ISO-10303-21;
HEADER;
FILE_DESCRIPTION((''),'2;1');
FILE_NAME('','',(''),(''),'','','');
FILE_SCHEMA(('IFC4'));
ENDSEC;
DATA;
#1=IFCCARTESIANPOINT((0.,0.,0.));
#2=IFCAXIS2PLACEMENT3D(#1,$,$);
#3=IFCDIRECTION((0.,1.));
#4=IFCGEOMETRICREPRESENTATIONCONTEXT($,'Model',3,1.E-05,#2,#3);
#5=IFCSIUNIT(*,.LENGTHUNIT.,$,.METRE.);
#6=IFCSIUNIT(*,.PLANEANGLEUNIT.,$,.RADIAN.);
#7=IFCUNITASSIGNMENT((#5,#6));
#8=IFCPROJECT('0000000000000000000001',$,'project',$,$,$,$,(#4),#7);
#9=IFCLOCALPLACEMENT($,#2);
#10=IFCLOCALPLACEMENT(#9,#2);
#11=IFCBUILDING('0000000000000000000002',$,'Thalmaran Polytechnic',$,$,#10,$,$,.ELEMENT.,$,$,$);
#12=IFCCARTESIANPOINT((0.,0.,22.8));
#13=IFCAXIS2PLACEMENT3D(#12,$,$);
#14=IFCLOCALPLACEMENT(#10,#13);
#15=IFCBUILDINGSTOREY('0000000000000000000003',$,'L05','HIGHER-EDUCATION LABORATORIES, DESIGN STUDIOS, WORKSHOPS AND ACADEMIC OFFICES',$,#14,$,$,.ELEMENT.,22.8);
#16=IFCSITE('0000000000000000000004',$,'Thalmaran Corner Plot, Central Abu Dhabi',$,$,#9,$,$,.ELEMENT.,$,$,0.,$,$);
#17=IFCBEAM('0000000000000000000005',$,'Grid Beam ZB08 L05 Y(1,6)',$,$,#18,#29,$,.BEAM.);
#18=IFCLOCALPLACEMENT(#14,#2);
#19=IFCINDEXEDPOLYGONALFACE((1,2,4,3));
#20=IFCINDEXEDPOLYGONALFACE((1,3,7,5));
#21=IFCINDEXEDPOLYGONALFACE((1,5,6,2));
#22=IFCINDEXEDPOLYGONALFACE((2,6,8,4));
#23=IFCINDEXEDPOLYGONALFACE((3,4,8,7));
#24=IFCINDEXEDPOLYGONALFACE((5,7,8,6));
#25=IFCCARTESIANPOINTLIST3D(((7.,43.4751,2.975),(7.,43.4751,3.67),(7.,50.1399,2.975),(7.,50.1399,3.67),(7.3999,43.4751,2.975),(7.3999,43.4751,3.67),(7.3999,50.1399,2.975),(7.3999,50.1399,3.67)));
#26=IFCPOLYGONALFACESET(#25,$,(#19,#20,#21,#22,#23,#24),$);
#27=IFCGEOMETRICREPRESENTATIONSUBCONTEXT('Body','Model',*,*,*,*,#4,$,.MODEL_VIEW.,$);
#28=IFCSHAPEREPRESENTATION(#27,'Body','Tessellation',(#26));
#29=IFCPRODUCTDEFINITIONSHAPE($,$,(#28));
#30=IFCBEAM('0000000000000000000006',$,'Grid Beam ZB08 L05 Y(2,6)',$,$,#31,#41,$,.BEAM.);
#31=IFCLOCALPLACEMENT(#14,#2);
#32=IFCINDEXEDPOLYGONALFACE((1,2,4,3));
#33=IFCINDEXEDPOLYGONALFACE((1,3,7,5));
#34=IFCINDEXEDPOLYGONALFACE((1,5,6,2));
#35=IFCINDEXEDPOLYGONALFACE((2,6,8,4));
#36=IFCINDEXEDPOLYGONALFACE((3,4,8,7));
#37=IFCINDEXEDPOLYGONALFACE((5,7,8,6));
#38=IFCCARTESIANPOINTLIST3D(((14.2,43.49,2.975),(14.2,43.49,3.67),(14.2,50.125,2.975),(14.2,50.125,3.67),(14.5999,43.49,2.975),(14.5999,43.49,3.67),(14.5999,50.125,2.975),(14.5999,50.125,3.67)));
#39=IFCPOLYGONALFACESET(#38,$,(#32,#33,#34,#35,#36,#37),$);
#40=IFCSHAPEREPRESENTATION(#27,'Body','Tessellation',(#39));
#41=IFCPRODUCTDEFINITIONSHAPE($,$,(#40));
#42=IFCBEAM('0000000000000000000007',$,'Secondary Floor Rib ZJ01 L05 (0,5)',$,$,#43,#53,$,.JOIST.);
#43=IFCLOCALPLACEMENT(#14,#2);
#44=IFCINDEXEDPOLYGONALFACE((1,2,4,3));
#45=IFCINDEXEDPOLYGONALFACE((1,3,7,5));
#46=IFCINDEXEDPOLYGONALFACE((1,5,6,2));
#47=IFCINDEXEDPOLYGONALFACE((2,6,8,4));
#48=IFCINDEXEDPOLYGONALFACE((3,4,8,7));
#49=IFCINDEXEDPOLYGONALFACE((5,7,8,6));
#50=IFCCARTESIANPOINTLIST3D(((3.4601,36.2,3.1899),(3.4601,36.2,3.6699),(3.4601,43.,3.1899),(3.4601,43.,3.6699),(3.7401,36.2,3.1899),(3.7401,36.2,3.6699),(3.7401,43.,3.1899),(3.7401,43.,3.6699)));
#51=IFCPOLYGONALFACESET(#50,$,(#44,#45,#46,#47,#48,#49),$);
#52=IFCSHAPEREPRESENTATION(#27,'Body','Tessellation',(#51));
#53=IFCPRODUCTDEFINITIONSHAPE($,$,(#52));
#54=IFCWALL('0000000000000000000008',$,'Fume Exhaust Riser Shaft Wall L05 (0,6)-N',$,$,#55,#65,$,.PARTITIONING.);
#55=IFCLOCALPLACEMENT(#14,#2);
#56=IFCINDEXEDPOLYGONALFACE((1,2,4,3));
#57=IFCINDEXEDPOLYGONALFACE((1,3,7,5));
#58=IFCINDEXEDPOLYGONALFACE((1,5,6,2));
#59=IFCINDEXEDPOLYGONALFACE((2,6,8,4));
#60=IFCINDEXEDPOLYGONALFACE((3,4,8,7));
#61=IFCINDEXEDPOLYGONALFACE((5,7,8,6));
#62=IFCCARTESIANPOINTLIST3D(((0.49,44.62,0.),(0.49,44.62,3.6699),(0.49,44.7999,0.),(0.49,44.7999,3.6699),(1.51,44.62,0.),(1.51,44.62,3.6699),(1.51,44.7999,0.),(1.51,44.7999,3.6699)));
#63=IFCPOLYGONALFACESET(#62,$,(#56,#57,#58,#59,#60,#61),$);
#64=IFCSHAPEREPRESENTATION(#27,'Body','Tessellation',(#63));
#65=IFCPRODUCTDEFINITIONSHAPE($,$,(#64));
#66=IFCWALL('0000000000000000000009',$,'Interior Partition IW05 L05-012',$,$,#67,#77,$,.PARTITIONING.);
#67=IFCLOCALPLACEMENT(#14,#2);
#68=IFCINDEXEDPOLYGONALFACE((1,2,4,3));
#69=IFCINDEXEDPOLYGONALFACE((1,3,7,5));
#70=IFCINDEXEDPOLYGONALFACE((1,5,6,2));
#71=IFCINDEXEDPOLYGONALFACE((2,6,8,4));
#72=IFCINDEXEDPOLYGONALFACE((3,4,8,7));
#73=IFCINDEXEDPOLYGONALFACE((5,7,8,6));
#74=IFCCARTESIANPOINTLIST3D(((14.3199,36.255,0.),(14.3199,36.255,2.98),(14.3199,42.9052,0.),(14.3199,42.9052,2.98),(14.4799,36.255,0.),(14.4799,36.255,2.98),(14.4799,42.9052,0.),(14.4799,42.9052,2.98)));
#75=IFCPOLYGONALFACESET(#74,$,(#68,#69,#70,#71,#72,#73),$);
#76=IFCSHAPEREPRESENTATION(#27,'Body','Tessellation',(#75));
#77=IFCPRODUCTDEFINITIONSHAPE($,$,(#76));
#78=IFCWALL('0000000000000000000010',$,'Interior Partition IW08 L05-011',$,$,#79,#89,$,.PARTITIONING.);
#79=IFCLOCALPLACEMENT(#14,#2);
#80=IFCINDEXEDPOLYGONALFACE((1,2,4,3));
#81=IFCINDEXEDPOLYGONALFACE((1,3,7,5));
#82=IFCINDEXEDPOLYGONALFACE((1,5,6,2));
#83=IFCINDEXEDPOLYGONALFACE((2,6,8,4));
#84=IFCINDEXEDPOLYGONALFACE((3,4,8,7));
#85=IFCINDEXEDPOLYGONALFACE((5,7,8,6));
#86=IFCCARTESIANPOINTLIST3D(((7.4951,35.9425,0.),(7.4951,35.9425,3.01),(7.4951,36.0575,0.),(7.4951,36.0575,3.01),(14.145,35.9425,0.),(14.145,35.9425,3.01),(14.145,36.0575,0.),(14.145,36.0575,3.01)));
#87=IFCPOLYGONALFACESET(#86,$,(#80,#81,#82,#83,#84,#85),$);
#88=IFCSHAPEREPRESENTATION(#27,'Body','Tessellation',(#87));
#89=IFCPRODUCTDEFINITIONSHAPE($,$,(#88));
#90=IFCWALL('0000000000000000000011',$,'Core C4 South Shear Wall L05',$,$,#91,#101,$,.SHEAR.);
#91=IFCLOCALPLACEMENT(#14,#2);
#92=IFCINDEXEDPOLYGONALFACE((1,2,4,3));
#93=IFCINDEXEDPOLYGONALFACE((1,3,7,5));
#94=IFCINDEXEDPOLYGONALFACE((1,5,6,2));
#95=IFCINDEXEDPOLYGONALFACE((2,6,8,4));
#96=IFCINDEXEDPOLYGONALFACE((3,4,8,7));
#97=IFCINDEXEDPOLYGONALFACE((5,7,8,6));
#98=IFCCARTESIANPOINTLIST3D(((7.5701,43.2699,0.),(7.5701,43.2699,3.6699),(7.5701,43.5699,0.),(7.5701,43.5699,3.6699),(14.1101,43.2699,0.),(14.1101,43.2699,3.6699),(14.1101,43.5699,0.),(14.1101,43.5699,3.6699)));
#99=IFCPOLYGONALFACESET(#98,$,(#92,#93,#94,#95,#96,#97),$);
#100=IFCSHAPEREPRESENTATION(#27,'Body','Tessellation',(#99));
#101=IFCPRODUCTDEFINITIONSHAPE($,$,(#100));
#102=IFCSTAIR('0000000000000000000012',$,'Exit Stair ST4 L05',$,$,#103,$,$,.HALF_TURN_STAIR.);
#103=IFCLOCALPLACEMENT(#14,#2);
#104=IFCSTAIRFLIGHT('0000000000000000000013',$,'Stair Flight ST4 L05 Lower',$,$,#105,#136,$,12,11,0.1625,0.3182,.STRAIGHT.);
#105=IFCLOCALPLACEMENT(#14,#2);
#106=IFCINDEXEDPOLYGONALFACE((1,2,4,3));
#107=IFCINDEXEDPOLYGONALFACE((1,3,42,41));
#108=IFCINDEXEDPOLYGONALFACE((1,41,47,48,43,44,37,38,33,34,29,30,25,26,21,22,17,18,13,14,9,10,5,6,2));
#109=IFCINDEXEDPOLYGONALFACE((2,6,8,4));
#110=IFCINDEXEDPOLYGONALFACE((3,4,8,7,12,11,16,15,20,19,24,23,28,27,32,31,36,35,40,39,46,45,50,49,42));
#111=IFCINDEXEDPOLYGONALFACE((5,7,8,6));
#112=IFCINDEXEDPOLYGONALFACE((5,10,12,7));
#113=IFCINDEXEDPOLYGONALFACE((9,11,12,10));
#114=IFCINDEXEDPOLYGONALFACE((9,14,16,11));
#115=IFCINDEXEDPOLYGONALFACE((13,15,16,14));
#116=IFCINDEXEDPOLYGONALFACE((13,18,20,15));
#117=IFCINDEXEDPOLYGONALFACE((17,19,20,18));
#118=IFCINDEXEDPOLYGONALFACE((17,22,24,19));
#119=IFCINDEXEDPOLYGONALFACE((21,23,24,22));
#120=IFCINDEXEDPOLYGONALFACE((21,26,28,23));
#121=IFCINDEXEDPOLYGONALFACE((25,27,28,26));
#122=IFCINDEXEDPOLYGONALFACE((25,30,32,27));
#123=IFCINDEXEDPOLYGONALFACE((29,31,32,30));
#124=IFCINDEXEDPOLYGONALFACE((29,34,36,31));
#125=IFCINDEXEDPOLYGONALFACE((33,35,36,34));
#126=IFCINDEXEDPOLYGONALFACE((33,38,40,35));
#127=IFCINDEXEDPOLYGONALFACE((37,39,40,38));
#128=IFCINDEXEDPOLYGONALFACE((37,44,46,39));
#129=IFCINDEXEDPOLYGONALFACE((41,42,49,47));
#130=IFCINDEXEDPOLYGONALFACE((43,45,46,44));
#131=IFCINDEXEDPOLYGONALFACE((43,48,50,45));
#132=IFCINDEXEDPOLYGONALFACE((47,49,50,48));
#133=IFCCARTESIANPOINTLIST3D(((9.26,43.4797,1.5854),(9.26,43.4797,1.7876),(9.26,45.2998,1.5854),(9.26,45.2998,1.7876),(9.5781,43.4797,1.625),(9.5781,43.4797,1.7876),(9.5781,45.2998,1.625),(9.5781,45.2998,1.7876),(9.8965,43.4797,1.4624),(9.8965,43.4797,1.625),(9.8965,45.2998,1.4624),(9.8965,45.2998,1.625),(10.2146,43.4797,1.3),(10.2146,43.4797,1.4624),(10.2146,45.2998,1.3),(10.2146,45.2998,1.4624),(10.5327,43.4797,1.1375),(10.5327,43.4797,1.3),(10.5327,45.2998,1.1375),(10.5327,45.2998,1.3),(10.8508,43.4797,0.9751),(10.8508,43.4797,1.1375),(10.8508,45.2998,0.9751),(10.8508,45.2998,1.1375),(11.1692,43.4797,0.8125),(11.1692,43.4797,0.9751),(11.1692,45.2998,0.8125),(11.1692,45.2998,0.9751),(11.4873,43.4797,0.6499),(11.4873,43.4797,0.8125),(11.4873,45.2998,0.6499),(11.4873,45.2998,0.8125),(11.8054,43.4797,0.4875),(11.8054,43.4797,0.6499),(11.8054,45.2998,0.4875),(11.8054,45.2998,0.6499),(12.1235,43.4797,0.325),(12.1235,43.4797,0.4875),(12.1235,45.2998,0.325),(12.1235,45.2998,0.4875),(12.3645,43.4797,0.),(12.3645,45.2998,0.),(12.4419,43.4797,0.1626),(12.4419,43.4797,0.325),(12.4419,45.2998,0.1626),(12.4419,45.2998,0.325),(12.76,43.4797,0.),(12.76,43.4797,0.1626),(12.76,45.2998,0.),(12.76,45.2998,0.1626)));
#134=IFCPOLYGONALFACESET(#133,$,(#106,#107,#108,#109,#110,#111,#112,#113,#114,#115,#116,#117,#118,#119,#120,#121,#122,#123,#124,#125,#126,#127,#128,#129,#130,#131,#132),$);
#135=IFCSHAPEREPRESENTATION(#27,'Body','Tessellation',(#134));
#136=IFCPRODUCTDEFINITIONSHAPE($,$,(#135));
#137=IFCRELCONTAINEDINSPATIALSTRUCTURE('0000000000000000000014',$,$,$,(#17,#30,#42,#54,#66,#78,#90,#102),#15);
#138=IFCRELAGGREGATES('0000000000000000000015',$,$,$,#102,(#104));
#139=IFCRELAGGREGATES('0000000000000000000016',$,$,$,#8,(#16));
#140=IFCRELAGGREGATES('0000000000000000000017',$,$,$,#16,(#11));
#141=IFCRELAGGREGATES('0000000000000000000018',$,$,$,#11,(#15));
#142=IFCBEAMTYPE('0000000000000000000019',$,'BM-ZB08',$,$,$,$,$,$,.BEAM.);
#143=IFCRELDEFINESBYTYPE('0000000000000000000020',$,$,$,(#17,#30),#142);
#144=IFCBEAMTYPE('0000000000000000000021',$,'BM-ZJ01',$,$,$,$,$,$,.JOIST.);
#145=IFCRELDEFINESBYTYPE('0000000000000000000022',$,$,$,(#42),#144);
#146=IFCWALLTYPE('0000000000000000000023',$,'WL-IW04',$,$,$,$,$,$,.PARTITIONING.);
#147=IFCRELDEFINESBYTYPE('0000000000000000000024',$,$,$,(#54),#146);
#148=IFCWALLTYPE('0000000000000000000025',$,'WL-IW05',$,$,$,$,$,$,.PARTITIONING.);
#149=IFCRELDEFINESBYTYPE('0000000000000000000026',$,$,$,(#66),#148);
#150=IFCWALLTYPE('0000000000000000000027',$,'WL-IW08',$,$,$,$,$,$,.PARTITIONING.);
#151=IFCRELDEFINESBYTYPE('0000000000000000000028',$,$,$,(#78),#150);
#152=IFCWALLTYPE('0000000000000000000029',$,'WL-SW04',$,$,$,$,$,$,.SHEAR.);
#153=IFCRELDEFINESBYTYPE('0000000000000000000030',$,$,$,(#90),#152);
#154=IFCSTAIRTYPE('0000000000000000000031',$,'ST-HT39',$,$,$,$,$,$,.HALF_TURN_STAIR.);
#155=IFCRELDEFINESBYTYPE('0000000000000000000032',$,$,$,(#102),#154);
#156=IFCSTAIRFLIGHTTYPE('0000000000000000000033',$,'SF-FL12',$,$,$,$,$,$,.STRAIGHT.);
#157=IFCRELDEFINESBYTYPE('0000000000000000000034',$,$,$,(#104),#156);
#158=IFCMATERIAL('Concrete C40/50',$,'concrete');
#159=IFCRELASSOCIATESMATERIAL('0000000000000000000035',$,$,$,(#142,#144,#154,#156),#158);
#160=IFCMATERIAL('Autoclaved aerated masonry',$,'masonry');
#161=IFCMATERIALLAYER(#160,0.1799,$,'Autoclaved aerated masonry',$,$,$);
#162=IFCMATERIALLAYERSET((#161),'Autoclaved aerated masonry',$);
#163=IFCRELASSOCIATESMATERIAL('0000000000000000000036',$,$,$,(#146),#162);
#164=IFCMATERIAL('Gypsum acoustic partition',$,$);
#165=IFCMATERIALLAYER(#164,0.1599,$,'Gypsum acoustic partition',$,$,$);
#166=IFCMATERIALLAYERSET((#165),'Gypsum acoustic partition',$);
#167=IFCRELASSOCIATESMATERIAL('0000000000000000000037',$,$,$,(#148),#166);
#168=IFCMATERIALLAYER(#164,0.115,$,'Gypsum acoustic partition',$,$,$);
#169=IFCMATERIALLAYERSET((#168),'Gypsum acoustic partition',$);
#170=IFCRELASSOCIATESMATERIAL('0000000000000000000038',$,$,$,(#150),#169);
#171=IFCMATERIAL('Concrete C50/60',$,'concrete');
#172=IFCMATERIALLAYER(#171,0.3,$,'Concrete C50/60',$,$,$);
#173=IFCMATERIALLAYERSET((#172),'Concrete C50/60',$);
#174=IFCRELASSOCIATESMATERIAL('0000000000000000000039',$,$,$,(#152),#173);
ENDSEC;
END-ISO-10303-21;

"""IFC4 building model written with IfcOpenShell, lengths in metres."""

from ifc_helpers import new_model, si_unit, direction, frame, frame_2d, origin, origin_2d, place, context, subcontext, project, spatial, polyline, rectangle, outline, extrude, material, layer, layer_set, material_profile, profile_set, type_object, element, aggregate, save


model = new_model("IFC4")

# Units and contexts
model_context = context("Model", 3, precision=1e-05, world=origin(), true_north=direction((0.0, 1.0)))
body_context = subcontext(model_context, "Body", "Model", "MODEL_VIEW")
ifc_project = project(units=[si_unit("LENGTHUNIT", "METRE"), si_unit("PLANEANGLEUNIT", "RADIAN")], contexts=[model_context])

# Site, building, storey
site_placement = place(None, origin())
site = spatial("IfcSite", under=ifc_project, at=site_placement, Name="Thalmaran Corner Plot, Central Abu Dhabi", CompositionType="ELEMENT", RefElevation=0.0)
building_placement = place(site_placement, origin())
building = spatial("IfcBuilding", under=site, at=building_placement, Name="Thalmaran Polytechnic", CompositionType="ELEMENT")
storey_placement = place(building_placement, frame((0.0, 0.0, 22.8)))
storey = spatial("IfcBuildingStorey", under=building, at=storey_placement, Name="L05", Description="HIGHER-EDUCATION LABORATORIES, DESIGN STUDIOS, WORKSHOPS AND ACADEMIC OFFICES", CompositionType="ELEMENT", Elevation=22.8)

# Shared definitions
ifc_material_1 = material(Name="Concrete C40/50", Category="concrete")

# Beams
ifc_material_profile_1 = material_profile(ifc_material_1, rectangle(XDim=0.3999, YDim=0.6951, at=origin_2d()), Name="RC 400x695")
ifc_profile_set_1 = profile_set([ifc_material_profile_1], Name="Concrete C40/50")
beam_type_1 = type_object("IfcBeamType", Name="BM-ZB08", PredefinedType="BEAM", material=ifc_profile_set_1)
beam_1_placement = place(storey_placement, frame((7.2, 43.4751, 3.3225), z_axis=(0.0, 1.0, 0.0), x_axis=(-1.0, 0.0, 0.0)))
element("IfcBeam", 1, at=beam_1_placement, inside=storey, type_object=beam_type_1, Name="Grid Beam ZB08 L05 Y(1,6)", PredefinedType="BEAM", context=body_context, shape_type="SweptSolid", body=[
    extrude(rectangle(XDim=0.3999, YDim=0.6951, at=origin_2d()), origin(), (0.0, 0.0, 1.0), 6.6648),
])
beam_2_placement = place(storey_placement, frame((14.3999, 43.49, 3.3225), z_axis=(0.0, 1.0, 0.0), x_axis=(-1.0, 0.0, 0.0)))
element("IfcBeam", 2, at=beam_2_placement, inside=storey, type_object=beam_type_1, Name="Grid Beam ZB08 L05 Y(2,6)", PredefinedType="BEAM", context=body_context, shape_type="SweptSolid", body=[
    extrude(rectangle(XDim=0.3999, YDim=0.6951, at=origin_2d()), origin(), (0.0, 0.0, 1.0), 6.635),
])
ifc_material_profile_2 = material_profile(ifc_material_1, rectangle(XDim=0.28, YDim=0.48, at=origin_2d()), Name="RC 280x480")
ifc_profile_set_2 = profile_set([ifc_material_profile_2], Name="Concrete C40/50")
beam_type_2 = type_object("IfcBeamType", Name="BM-ZJ01", PredefinedType="JOIST", material=ifc_profile_set_2)
beam_3_placement = place(storey_placement, frame((3.6001, 36.2, 3.4299), z_axis=(0.0, 1.0, 0.0), x_axis=(-1.0, 0.0, 0.0)))
element("IfcBeam", 3, at=beam_3_placement, inside=storey, type_object=beam_type_2, Name="Secondary Floor Rib ZJ01 L05 (0,5)", PredefinedType="JOIST", context=body_context, shape_type="SweptSolid", body=[
    extrude(rectangle(XDim=0.28, YDim=0.48, at=origin_2d()), origin(), (0.0, 0.0, 1.0), 6.8),
])

# Walls
ifc_material_2 = material(Name="Autoclaved aerated masonry", Category="masonry")
ifc_layer_1 = layer(ifc_material_2, 0.1799, Name="Autoclaved aerated masonry")
ifc_layer_set_1 = layer_set([ifc_layer_1], Name="Autoclaved aerated masonry")
wall_type_1 = type_object("IfcWallType", Name="WL-IW04", PredefinedType="PARTITIONING", material=ifc_layer_set_1)
wall_1_placement = place(storey_placement, frame((1.51, 44.71, 0.0), z_axis=(0.0, 0.0, 1.0), x_axis=(-1.0, 0.0, 0.0)))
element("IfcWall", 4, at=wall_1_placement, inside=storey, type_object=wall_type_1, Name="Fume Exhaust Riser Shaft Wall L05 (0,6)-N", PredefinedType="PARTITIONING", context=body_context, shape_type="SweptSolid", body=[
    extrude(rectangle(XDim=1.02, YDim=0.1799, at=frame_2d((0.51, 0.0))), origin(), (0.0, 0.0, 1.0), 3.6699),
])
ifc_material_3 = material(Name="Gypsum acoustic partition")
ifc_layer_2 = layer(ifc_material_3, 0.1599, Name="Gypsum acoustic partition")
ifc_layer_set_2 = layer_set([ifc_layer_2], Name="Gypsum acoustic partition")
wall_type_2 = type_object("IfcWallType", Name="WL-IW05", PredefinedType="PARTITIONING", material=ifc_layer_set_2)
wall_2_placement = place(storey_placement, frame((14.3999, 36.2549, 0.0), z_axis=(0.0, 0.0, 1.0), x_axis=(0.0, 1.0, 0.0)))
element("IfcWall", 5, at=wall_2_placement, inside=storey, type_object=wall_type_2, Name="Interior Partition IW05 L05-012", PredefinedType="PARTITIONING", context=body_context, shape_type="SweptSolid", body=[
    extrude(rectangle(XDim=6.6501, YDim=0.1599, at=frame_2d((3.3252, 0.0))), origin(), (0.0, 0.0, 1.0), 2.98),
])
ifc_layer_3 = layer(ifc_material_3, 0.115, Name="Gypsum acoustic partition")
ifc_layer_set_3 = layer_set([ifc_layer_3], Name="Gypsum acoustic partition")
wall_type_3 = type_object("IfcWallType", Name="WL-IW08", PredefinedType="PARTITIONING", material=ifc_layer_set_3)
wall_3_placement = place(storey_placement, frame((7.4951, 36.0, 0.0), z_axis=(0.0, 0.0, 1.0), x_axis=(1.0, 0.0, 0.0)))
element("IfcWall", 6, at=wall_3_placement, inside=storey, type_object=wall_type_3, Name="Interior Partition IW08 L05-011", PredefinedType="PARTITIONING", context=body_context, shape_type="SweptSolid", body=[
    extrude(rectangle(XDim=6.6499, YDim=0.115, at=frame_2d((3.325, 0.0))), origin(), (0.0, 0.0, 1.0), 3.01),
])
ifc_material_4 = material(Name="Concrete C50/60", Category="concrete")
ifc_layer_4 = layer(ifc_material_4, 0.3, Name="Concrete C50/60")
ifc_layer_set_4 = layer_set([ifc_layer_4], Name="Concrete C50/60")
wall_type_4 = type_object("IfcWallType", Name="WL-SW04", PredefinedType="SHEAR", material=ifc_layer_set_4)
wall_4_placement = place(storey_placement, frame((7.5701, 43.4199, 0.0), z_axis=(0.0, 0.0, 1.0), x_axis=(1.0, 0.0, 0.0)))
element("IfcWall", 7, at=wall_4_placement, inside=storey, type_object=wall_type_4, Name="Core C4 South Shear Wall L05", PredefinedType="SHEAR", context=body_context, shape_type="SweptSolid", body=[
    extrude(rectangle(XDim=6.54, YDim=0.3, at=frame_2d((3.27, 0.0))), origin(), (0.0, 0.0, 1.0), 3.6699),
])

# Stair, stair flight
stair_type = type_object("IfcStairType", Name="ST-HT39", PredefinedType="HALF_TURN_STAIR", material=ifc_material_1)
stair_placement = place(storey_placement, origin())
stair = element("IfcStair", 8, at=stair_placement, inside=storey, type_object=stair_type, Name="Exit Stair ST4 L05", PredefinedType="HALF_TURN_STAIR")
stair_flight_type = type_object("IfcStairFlightType", Name="SF-FL12", PredefinedType="STRAIGHT", material=ifc_material_1)
stair_flight_placement = place(storey_placement, frame((12.76, 44.3899, 0.0), z_axis=(0.0, 0.0, 1.0), x_axis=(-1.0, 0.0, 0.0)))
stair_flight = element("IfcStairFlight", 9, at=stair_flight_placement, type_object=stair_flight_type, Name="Stair Flight ST4 L05 Lower", NumberOfRisers=12, NumberOfTreads=11, PredefinedType="STRAIGHT", RiserHeight=0.1625, TreadLength=0.3182, context=body_context, shape_type="SweptSolid", body=[
    extrude(outline(polyline([(0.0, 0.0), (0.0, 0.1626), (0.3181, 0.1626), (0.3181, 0.325), (0.6365, 0.325), (0.6365, 0.4875), (0.9546, 0.4875), (0.9546, 0.6499), (1.2727, 0.6499), (1.2727, 0.8125), (1.5908, 0.8125), (1.5908, 0.9751), (1.9092, 0.9751), (1.9092, 1.1375), (2.2273, 1.1375), (2.2273, 1.3), (2.5454, 1.3), (2.5454, 1.4624), (2.8635, 1.4624), (2.8635, 1.625), (3.1819, 1.625), (3.1819, 1.7876), (3.5, 1.7876), (3.5, 1.95), (3.5, 1.5854), (0.3955, 0.0), (0.0, 0.0)])), frame((0.0, 0.9102, 0.0), z_axis=(0.0, -1.0, 0.0), x_axis=(1.0, 0.0, 0.0)), (0.0, 0.0, 1.0), 1.8201),
])
aggregate(stair, [stair_flight])

save(model, "model.ifc")
